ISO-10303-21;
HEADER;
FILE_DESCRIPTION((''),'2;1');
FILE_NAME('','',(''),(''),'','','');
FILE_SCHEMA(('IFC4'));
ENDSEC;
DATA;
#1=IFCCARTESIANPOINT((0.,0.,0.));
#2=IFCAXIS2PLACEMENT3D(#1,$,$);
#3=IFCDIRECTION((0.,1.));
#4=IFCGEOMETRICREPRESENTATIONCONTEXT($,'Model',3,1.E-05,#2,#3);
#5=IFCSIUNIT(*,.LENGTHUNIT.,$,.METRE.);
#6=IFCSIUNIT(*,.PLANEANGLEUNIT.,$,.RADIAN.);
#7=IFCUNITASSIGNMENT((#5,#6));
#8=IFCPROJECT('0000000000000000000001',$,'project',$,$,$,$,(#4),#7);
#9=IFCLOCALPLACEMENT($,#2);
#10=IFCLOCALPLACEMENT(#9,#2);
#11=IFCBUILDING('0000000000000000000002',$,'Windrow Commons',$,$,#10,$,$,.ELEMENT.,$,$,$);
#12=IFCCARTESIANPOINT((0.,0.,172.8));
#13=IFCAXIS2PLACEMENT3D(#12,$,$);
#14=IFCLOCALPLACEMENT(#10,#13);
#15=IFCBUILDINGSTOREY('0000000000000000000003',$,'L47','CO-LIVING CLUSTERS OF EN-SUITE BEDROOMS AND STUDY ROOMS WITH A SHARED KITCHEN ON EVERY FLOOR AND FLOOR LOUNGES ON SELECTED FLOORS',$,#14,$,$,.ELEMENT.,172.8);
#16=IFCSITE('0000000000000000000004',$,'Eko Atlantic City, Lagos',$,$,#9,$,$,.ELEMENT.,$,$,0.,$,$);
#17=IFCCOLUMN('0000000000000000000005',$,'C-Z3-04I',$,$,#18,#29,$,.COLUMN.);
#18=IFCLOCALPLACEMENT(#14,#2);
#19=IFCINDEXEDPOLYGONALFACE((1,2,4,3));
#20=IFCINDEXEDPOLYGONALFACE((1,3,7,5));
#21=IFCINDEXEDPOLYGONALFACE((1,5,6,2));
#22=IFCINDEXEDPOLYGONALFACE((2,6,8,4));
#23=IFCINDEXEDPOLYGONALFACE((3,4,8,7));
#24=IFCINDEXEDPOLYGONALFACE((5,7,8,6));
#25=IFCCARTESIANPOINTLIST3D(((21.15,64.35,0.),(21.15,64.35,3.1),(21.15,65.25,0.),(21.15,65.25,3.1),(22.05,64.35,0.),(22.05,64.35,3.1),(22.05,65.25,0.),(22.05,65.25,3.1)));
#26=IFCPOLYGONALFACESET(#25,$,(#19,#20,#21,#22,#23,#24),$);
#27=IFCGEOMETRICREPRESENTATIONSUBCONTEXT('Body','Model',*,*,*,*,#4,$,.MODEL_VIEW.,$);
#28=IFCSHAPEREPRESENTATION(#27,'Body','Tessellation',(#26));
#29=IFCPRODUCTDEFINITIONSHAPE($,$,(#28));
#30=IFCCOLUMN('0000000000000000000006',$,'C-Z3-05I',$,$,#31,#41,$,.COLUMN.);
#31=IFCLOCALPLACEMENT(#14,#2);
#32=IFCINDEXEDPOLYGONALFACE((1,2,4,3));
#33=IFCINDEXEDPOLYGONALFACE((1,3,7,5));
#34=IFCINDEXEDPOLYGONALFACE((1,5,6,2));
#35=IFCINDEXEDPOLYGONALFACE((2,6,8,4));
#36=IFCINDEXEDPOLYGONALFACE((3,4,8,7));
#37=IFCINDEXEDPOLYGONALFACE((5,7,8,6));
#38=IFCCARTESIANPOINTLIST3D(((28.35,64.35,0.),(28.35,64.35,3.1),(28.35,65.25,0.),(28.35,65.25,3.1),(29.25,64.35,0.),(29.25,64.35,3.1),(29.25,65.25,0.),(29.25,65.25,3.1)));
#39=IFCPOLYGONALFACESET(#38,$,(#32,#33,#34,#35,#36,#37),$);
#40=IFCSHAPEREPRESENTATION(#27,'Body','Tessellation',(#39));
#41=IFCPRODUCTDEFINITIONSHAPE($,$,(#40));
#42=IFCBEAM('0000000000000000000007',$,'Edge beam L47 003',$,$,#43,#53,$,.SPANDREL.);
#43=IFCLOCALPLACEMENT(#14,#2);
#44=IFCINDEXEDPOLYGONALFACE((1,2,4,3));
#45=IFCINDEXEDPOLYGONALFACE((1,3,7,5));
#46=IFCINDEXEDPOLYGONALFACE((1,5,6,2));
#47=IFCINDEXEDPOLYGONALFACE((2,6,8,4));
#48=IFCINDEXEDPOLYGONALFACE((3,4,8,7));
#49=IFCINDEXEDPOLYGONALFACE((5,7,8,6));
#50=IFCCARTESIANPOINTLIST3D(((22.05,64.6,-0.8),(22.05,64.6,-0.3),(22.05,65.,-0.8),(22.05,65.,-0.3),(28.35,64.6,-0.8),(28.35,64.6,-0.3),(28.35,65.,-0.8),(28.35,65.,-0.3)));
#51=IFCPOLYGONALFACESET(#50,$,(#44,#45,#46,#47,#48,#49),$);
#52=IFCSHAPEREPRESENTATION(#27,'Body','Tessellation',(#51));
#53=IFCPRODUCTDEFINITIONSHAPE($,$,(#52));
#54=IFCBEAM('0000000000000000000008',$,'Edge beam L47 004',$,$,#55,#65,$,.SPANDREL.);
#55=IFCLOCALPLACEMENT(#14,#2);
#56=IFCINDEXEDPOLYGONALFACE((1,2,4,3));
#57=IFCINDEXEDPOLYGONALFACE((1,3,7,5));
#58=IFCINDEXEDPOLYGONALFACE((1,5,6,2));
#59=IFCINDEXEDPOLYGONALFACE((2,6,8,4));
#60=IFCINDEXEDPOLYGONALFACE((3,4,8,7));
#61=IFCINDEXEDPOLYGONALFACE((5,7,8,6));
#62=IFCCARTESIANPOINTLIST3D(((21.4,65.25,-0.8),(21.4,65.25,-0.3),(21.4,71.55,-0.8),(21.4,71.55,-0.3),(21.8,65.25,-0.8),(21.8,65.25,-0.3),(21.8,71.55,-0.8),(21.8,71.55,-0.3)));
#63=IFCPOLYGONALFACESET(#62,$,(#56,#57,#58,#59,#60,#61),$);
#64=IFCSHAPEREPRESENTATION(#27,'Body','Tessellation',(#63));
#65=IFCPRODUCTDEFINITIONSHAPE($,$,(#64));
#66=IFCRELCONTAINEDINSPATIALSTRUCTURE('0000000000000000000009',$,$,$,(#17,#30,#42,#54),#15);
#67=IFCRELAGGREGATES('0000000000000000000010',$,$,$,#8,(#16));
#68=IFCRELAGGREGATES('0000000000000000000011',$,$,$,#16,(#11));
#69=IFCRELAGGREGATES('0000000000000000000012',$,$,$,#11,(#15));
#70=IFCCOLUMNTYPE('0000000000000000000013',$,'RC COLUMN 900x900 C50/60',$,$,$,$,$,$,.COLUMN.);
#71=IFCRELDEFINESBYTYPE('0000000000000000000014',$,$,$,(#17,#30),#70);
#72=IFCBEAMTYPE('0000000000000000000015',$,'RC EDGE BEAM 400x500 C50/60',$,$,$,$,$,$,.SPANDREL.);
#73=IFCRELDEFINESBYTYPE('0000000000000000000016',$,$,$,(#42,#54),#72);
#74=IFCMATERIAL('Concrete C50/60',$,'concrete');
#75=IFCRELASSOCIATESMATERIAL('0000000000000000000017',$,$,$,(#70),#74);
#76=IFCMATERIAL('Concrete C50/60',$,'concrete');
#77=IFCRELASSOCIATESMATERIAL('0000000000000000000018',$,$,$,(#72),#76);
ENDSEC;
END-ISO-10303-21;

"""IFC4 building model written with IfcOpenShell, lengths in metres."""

from ifc_helpers import new_model, si_unit, direction, frame, origin, origin_2d, place, context, subcontext, project, spatial, rectangle, extrude, material, material_profile, profile_set, type_object, element, save


model = new_model("IFC4")

# Units and contexts
model_context = context("Model", 3, precision=1e-05, world=origin(), true_north=direction((0.0, 1.0)))
body_context = subcontext(model_context, "Body", "Model", "MODEL_VIEW")
ifc_project = project(units=[si_unit("LENGTHUNIT", "METRE"), si_unit("PLANEANGLEUNIT", "RADIAN")], contexts=[model_context])

# Site, building, storey
site_placement = place(None, origin())
site = spatial("IfcSite", under=ifc_project, at=site_placement, Name="Eko Atlantic City, Lagos", CompositionType="ELEMENT", RefElevation=0.0)
building_placement = place(site_placement, origin())
building = spatial("IfcBuilding", under=site, at=building_placement, Name="Windrow Commons", CompositionType="ELEMENT")
storey_placement = place(building_placement, frame((0.0, 0.0, 172.8)))
storey = spatial("IfcBuildingStorey", under=building, at=storey_placement, Name="L47", Description="CO-LIVING CLUSTERS OF EN-SUITE BEDROOMS AND STUDY ROOMS WITH A SHARED KITCHEN ON EVERY FLOOR AND FLOOR LOUNGES ON SELECTED FLOORS", CompositionType="ELEMENT", Elevation=172.8)

# Columns
ifc_material_1 = material(Name="Concrete C50/60", Category="concrete")
ifc_material_profile_1 = material_profile(ifc_material_1, rectangle(XDim=0.9, YDim=0.9, at=origin_2d()))
ifc_profile_set_1 = profile_set([ifc_material_profile_1], Name="Concrete C50/60")
column_type = type_object("IfcColumnType", Name="RC COLUMN 900x900 C50/60", PredefinedType="COLUMN", material=ifc_profile_set_1)
for number, where, z_axis, x_axis, name in (
    (1, (21.6, 64.8, 0.0), (0.0, 0.0, 1.0), (1.0, 0.0, 0.0), "C-Z3-04I"),
    (2, (28.8, 64.8, 0.0), (0.0, 0.0, 1.0), (1.0, 0.0, 0.0), "C-Z3-05I"),
):
    element("IfcColumn", number, at=place(storey_placement, frame(where, z_axis=z_axis, x_axis=x_axis)), inside=storey, type_object=column_type, Name=name, PredefinedType="COLUMN", context=body_context, shape_type="SweptSolid", body=[
        extrude(rectangle(XDim=0.9, YDim=0.9, at=origin_2d()), origin(), (0.0, 0.0, 1.0), 3.1),
    ])

# Beams
ifc_material_2 = material(Name="Concrete C50/60", Category="concrete")
ifc_material_profile_2 = material_profile(ifc_material_2, rectangle(XDim=0.4, YDim=0.5, at=origin_2d()))
ifc_profile_set_2 = profile_set([ifc_material_profile_2], Name="Concrete C50/60")
beam_type = type_object("IfcBeamType", Name="RC EDGE BEAM 400x500 C50/60", PredefinedType="SPANDREL", material=ifc_profile_set_2)
for number, where, z_axis, x_axis, name in (
    (3, (28.35, 64.8, -0.55), (-1.0, 0.0, 0.0), (0.0, -1.0, 0.0), "Edge beam L47 003"),
    (4, (21.6, 65.25, -0.55), (0.0, 1.0, 0.0), (-1.0, 0.0, 0.0), "Edge beam L47 004"),
):
    element("IfcBeam", number, at=place(storey_placement, frame(where, z_axis=z_axis, x_axis=x_axis)), inside=storey, type_object=beam_type, Name=name, PredefinedType="SPANDREL", context=body_context, shape_type="SweptSolid", body=[
        extrude(rectangle(XDim=0.4, YDim=0.5, at=origin_2d()), origin(), (0.0, 0.0, 1.0), 6.3),
    ])

save(model, "model.ifc")
